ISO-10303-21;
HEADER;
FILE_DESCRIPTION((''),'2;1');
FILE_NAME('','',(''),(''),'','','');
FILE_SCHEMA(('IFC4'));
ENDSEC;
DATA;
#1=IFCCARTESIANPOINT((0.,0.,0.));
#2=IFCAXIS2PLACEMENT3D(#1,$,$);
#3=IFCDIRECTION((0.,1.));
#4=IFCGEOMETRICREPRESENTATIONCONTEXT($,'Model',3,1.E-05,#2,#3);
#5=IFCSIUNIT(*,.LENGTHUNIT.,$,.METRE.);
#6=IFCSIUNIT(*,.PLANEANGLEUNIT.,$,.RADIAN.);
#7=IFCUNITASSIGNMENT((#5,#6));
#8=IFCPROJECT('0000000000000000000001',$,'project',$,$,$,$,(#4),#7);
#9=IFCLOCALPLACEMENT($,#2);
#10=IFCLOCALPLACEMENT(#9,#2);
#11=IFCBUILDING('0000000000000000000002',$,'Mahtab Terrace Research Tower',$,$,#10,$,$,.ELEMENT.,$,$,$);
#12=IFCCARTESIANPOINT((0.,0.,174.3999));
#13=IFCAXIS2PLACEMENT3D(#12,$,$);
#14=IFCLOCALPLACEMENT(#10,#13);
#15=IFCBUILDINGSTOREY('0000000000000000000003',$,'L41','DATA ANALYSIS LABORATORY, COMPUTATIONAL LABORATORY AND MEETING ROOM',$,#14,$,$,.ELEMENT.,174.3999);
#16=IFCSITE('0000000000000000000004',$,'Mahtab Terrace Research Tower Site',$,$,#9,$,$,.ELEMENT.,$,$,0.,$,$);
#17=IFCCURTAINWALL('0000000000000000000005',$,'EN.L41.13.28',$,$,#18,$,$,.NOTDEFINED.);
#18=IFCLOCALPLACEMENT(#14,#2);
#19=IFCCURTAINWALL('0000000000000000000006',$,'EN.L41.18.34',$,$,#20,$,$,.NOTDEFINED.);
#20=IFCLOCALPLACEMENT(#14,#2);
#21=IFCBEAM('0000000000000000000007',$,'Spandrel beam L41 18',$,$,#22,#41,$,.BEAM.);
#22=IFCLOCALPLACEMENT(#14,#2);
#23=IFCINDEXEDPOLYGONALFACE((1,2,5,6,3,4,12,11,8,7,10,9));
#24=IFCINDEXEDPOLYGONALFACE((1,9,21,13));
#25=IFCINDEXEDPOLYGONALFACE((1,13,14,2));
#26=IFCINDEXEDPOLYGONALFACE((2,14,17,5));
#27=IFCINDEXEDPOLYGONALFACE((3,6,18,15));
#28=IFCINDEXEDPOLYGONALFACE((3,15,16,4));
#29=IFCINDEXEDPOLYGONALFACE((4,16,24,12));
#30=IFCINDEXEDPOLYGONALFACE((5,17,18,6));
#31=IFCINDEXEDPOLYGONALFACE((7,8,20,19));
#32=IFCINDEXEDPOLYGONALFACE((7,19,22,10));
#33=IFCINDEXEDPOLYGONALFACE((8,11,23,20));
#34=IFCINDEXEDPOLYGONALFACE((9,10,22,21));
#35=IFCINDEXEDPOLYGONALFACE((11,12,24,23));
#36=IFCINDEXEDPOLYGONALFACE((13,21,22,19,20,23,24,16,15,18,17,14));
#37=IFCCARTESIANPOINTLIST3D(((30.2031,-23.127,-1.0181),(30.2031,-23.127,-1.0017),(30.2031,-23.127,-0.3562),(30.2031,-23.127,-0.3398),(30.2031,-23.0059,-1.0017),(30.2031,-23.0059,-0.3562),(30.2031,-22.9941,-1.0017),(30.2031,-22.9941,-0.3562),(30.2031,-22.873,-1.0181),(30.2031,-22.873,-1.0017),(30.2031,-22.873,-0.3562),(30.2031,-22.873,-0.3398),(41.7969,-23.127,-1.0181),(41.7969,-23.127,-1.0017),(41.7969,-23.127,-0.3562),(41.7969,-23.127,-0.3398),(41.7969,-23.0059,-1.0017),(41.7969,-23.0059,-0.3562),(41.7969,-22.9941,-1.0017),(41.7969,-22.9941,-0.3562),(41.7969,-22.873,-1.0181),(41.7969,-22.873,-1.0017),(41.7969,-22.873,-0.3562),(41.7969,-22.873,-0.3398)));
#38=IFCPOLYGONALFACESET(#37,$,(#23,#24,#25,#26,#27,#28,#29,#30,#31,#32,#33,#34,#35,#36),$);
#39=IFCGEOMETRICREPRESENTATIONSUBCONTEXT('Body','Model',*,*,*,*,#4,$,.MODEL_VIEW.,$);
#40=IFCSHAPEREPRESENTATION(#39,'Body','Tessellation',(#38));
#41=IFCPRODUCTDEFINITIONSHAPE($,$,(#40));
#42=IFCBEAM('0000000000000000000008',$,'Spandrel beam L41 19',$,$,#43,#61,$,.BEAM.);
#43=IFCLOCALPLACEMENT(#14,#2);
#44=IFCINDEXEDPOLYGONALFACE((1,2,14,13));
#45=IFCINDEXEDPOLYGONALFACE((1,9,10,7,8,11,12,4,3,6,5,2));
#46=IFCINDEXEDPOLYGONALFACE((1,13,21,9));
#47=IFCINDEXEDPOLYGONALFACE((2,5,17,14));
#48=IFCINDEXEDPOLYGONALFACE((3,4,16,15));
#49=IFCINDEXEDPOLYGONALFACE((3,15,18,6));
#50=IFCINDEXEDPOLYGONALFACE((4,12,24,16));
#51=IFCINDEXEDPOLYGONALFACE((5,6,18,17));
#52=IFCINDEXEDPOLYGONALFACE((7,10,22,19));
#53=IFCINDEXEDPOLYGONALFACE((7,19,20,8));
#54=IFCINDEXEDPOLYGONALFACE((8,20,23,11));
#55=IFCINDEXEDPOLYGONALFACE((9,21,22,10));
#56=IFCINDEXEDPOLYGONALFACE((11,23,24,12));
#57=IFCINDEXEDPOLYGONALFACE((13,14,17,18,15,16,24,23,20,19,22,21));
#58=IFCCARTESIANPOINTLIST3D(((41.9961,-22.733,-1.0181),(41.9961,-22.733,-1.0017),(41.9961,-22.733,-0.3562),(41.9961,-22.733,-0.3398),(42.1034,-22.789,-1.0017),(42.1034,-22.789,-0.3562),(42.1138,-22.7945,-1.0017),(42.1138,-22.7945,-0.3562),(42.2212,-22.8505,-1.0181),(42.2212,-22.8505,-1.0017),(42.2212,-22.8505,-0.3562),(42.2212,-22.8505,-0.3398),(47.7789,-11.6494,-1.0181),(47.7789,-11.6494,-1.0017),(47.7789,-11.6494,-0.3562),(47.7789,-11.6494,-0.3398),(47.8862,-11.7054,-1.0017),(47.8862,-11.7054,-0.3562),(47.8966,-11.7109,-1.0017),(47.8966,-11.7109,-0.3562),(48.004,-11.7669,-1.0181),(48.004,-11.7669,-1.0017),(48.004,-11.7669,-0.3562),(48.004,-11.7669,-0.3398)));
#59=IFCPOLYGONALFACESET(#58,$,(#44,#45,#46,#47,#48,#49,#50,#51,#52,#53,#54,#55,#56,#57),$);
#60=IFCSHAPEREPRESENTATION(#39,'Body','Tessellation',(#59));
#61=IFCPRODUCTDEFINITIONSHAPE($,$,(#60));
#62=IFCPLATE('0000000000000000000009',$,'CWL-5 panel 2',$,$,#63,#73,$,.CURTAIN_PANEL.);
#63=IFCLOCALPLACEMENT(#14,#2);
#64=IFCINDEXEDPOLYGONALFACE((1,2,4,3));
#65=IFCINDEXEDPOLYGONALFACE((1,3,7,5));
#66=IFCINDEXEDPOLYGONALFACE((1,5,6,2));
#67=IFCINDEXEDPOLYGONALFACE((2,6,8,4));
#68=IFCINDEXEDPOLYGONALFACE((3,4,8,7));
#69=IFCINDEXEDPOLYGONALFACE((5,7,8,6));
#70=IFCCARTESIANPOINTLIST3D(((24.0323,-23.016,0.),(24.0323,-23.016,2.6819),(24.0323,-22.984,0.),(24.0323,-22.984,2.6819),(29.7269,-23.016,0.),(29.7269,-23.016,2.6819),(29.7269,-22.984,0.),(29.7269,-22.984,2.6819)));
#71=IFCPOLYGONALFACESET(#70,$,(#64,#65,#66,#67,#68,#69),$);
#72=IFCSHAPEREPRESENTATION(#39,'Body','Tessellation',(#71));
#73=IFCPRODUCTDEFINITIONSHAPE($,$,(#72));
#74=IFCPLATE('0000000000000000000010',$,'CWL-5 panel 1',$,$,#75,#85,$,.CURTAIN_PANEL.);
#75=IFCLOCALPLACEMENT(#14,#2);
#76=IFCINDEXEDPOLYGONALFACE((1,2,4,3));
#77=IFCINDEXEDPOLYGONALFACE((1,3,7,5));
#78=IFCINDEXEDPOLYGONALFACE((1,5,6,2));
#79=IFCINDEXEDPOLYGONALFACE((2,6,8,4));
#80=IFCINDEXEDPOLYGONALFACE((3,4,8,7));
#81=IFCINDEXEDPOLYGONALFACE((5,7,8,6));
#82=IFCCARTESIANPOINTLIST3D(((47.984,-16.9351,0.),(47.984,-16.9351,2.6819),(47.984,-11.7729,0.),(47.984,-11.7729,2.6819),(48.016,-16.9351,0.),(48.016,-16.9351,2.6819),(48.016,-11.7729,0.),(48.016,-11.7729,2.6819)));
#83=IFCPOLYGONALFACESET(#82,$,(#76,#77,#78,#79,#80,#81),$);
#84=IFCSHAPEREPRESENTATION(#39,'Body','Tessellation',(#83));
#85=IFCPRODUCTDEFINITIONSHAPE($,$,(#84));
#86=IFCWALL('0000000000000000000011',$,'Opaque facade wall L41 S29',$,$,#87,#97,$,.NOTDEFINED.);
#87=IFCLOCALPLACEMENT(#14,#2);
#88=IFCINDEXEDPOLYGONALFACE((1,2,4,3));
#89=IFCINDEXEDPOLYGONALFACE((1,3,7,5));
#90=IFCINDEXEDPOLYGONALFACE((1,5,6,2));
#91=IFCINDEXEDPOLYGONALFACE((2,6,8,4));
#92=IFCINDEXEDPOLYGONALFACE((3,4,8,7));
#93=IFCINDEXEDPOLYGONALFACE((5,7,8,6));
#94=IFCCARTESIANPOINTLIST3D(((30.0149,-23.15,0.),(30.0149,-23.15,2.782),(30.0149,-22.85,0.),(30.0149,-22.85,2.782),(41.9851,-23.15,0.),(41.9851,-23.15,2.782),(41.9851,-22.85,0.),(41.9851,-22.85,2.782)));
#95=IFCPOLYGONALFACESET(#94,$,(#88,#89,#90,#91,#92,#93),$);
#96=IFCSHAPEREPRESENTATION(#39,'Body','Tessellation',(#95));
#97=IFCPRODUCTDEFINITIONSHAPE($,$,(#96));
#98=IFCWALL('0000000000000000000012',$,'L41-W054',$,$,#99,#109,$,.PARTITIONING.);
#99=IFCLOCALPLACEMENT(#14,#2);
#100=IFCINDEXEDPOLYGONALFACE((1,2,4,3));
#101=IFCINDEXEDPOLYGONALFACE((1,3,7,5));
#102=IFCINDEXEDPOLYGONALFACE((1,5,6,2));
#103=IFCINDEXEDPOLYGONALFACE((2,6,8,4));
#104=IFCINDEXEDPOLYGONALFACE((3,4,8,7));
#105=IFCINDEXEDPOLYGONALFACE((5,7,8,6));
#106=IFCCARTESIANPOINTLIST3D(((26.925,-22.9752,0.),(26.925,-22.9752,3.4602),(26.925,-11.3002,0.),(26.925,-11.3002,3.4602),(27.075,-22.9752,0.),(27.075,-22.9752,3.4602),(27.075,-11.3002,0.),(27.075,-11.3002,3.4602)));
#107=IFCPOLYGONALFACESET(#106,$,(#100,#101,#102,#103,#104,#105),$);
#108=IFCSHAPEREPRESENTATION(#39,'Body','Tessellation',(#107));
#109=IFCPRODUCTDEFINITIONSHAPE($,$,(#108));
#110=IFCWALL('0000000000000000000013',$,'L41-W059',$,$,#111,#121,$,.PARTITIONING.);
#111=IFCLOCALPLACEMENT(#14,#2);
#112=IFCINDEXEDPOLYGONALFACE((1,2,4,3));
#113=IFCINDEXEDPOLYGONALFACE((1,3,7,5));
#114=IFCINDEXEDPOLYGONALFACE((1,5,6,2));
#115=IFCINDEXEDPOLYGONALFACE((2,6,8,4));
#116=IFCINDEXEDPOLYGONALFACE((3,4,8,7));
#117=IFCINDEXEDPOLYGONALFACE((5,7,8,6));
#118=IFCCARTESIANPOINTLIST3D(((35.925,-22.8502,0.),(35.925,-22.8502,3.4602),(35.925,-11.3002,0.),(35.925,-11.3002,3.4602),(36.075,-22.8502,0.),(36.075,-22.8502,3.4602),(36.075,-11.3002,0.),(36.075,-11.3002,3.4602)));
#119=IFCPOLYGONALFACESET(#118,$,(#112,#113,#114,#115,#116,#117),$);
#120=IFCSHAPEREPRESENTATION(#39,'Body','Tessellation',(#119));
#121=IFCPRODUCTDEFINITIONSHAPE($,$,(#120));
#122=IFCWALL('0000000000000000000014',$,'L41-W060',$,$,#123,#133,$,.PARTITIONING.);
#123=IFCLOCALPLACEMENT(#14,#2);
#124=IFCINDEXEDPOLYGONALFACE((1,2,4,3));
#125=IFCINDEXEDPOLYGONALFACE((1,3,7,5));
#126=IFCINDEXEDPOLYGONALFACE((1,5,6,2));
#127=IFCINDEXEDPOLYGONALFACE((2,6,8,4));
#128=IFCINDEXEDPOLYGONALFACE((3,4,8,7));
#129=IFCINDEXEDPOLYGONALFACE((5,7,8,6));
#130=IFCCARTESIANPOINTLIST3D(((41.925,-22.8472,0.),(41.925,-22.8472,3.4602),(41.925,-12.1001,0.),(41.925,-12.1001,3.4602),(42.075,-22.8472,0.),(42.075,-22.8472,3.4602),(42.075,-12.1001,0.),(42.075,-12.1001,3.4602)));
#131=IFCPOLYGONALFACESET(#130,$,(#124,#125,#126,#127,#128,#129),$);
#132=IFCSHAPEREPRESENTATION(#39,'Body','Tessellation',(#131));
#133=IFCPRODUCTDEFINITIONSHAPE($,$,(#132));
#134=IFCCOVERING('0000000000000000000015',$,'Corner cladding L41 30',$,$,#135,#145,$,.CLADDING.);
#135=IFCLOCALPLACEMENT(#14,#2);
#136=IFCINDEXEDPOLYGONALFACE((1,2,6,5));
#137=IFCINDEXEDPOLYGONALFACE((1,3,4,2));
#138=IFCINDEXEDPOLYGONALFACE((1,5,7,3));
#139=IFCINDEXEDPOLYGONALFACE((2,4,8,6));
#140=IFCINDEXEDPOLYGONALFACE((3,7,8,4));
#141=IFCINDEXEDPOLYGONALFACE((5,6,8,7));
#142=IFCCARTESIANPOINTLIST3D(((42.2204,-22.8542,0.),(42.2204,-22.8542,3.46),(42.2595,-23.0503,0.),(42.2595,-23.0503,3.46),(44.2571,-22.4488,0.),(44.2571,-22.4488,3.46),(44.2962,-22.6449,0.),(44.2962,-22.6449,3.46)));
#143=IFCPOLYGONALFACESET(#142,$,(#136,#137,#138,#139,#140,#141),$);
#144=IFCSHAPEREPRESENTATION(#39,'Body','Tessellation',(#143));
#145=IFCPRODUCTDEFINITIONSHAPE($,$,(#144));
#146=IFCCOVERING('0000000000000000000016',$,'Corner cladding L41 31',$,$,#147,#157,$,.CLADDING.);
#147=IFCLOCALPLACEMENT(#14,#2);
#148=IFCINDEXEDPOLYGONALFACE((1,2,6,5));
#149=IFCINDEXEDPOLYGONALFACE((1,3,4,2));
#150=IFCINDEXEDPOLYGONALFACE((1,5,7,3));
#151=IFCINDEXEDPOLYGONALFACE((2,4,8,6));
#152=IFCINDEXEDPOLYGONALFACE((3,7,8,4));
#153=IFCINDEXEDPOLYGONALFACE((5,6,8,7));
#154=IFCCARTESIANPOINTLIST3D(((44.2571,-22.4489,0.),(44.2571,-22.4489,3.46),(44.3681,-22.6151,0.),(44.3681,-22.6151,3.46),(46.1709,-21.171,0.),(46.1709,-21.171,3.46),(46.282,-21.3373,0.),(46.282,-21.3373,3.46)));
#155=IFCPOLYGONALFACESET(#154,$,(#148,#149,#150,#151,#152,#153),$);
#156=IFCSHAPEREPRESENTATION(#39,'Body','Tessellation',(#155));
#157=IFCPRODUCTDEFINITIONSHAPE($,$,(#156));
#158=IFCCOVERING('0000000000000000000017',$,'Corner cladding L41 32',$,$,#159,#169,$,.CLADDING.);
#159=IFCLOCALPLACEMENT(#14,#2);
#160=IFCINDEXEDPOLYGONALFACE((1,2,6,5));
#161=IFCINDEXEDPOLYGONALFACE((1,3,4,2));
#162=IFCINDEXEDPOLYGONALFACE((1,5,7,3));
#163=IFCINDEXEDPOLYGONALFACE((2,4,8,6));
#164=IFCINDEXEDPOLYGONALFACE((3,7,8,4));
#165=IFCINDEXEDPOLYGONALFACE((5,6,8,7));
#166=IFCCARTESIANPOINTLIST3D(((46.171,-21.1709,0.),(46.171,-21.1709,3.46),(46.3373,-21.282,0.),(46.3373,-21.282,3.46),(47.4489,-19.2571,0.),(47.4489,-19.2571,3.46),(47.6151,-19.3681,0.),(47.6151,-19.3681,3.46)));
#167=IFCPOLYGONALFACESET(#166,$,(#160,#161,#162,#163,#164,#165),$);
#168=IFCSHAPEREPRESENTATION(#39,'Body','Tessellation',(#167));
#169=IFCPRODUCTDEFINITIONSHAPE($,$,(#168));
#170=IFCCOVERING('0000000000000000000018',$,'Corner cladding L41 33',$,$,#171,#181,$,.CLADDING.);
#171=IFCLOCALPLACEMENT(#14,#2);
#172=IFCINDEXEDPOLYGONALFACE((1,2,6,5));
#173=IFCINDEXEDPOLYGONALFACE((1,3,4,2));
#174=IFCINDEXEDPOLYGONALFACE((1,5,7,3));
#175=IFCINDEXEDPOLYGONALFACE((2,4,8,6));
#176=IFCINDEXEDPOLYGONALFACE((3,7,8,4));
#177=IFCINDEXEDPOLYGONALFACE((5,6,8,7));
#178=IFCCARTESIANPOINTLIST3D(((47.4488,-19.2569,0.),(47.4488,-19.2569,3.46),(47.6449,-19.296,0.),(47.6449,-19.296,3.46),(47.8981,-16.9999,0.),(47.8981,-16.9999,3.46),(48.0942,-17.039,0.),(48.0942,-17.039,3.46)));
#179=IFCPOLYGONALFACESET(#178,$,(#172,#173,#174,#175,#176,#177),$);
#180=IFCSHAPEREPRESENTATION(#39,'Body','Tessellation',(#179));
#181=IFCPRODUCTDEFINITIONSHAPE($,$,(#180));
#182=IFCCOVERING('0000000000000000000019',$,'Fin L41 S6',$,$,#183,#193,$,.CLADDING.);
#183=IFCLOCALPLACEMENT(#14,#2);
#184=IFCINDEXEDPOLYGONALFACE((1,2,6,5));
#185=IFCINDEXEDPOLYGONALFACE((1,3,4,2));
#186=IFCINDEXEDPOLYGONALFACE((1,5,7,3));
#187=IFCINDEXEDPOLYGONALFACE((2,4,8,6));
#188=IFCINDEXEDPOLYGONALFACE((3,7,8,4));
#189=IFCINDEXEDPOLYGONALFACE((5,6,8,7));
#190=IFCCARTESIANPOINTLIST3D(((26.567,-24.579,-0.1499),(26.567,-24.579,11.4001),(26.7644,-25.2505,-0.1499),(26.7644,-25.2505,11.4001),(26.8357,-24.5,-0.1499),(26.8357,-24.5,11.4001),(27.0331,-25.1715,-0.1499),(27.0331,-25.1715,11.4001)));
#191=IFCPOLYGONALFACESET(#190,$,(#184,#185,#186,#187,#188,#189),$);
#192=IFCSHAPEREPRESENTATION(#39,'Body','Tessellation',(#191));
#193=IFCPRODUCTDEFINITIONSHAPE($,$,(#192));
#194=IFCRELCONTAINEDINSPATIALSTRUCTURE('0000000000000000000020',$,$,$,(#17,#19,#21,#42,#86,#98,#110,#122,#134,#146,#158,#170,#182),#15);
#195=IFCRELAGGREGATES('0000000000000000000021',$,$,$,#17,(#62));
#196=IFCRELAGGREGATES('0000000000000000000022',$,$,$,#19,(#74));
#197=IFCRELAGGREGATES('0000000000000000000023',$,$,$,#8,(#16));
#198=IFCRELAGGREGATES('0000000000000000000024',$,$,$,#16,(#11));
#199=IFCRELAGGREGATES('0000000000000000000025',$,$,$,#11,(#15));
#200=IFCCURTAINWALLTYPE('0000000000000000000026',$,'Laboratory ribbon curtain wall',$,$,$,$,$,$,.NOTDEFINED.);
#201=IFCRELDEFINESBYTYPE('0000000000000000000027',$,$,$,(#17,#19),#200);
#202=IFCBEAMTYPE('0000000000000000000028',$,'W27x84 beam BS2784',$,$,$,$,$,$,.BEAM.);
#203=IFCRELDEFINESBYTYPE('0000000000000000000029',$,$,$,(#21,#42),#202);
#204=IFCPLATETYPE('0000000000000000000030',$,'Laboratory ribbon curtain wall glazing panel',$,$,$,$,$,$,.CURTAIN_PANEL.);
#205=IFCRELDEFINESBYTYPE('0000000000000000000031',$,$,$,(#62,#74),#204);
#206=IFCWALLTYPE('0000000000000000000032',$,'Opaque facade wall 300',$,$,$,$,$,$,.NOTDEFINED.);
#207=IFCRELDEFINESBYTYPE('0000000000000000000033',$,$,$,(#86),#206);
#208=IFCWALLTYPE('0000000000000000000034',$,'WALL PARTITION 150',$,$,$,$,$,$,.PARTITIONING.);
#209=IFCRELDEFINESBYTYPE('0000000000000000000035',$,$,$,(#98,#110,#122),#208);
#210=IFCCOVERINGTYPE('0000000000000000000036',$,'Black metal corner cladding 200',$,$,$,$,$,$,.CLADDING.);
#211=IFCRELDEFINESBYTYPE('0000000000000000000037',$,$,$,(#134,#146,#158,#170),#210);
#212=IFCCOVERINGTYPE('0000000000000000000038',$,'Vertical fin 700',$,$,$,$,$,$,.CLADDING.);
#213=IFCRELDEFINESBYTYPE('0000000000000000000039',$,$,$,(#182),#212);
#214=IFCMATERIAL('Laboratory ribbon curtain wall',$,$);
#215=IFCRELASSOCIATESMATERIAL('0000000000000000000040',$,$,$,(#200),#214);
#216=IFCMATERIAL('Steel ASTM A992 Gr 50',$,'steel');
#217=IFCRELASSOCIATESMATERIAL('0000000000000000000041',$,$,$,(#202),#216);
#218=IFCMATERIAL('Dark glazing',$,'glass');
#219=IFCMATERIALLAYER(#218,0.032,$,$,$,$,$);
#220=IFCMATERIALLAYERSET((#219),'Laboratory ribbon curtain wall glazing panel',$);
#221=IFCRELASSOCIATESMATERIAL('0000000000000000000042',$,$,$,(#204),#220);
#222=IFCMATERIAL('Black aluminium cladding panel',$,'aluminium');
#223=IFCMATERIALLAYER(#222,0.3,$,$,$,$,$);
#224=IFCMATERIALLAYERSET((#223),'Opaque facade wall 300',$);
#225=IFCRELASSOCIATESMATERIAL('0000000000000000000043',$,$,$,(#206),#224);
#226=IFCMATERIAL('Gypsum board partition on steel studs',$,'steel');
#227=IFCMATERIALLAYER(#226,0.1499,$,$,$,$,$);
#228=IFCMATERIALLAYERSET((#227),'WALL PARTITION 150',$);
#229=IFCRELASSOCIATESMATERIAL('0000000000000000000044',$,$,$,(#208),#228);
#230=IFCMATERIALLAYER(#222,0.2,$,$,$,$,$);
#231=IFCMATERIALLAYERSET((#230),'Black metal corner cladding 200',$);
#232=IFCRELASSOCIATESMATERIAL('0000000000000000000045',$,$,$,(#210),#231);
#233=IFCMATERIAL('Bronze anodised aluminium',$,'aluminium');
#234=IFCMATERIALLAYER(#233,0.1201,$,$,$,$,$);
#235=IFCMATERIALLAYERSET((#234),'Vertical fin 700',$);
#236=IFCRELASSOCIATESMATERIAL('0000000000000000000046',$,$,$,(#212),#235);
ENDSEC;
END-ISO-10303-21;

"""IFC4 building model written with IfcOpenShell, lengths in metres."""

from ifc_helpers import new_model, si_unit, direction, frame, frame_2d, origin, origin_2d, place, context, subcontext, project, spatial, rectangle, i_section, extrude, material, layer, layer_set, material_profile, profile_set, type_object, element, aggregate, save


model = new_model("IFC4")

# Units and contexts
model_context = context("Model", 3, precision=1e-05, world=origin(), true_north=direction((0.0, 1.0)))
body_context = subcontext(model_context, "Body", "Model", "MODEL_VIEW")
ifc_project = project(units=[si_unit("LENGTHUNIT", "METRE"), si_unit("PLANEANGLEUNIT", "RADIAN")], contexts=[model_context])

# Site, building, storey
site_placement = place(None, origin())
site = spatial("IfcSite", under=ifc_project, at=site_placement, Name="Mahtab Terrace Research Tower Site", CompositionType="ELEMENT", RefElevation=0.0)
building_placement = place(site_placement, origin())
building = spatial("IfcBuilding", under=site, at=building_placement, Name="Mahtab Terrace Research Tower", CompositionType="ELEMENT")
storey_placement = place(building_placement, frame((0.0, 0.0, 174.3999)))
storey = spatial("IfcBuildingStorey", under=building, at=storey_placement, Name="L41", Description="DATA ANALYSIS LABORATORY, COMPUTATIONAL LABORATORY AND MEETING ROOM", CompositionType="ELEMENT", Elevation=174.3999)

# Shared definitions
ifc_material_1 = material(Name="Steel ASTM A992 Gr 50", Category="steel")

# Curtain wall
ifc_material_2 = material(Name="Laboratory ribbon curtain wall")
curtain_wall_type = type_object("IfcCurtainWallType", Name="Laboratory ribbon curtain wall", PredefinedType="NOTDEFINED", material=ifc_material_2)
curtain_wall_1_placement = place(storey_placement, origin())
curtain_wall_1 = element("IfcCurtainWall", 1, at=curtain_wall_1_placement, inside=storey, type_object=curtain_wall_type, Name="EN.L41.13.28", PredefinedType="NOTDEFINED")

# Curtain wall
curtain_wall_2_placement = place(storey_placement, origin())
curtain_wall_2 = element("IfcCurtainWall", 2, at=curtain_wall_2_placement, inside=storey, type_object=curtain_wall_type, Name="EN.L41.18.34", PredefinedType="NOTDEFINED")

# Beams
ifc_material_profile_1 = material_profile(ifc_material_1, i_section(OverallWidth=0.2539, OverallDepth=0.6782, WebThickness=0.0117, FlangeThickness=0.0164, at=origin_2d()), Name="W27X84")
ifc_profile_set_1 = profile_set([ifc_material_profile_1], Name="Steel ASTM A992 Gr 50")
beam_type = type_object("IfcBeamType", Name="W27x84 beam BS2784", PredefinedType="BEAM", material=ifc_profile_set_1)
beam_1_placement = place(storey_placement, frame((30.2031, -23.0, -0.679), z_axis=(1.0, 0.0, 0.0), x_axis=(0.0, 1.0, 0.0)))
element("IfcBeam", 3, at=beam_1_placement, inside=storey, type_object=beam_type, Name="Spandrel beam L41 18", PredefinedType="BEAM", context=body_context, shape_type="SweptSolid", body=[
    extrude(i_section(OverallWidth=0.2539, OverallDepth=0.6782, WebThickness=0.0117, FlangeThickness=0.0164, at=origin_2d()), origin(), (0.0, 0.0, 1.0), 11.5938),
])
beam_2_placement = place(storey_placement, frame((42.1086, -22.7917, -0.679), z_axis=(0.462567, 0.886584, 0.0), x_axis=(-0.886584, 0.462567, 0.0)))
element("IfcBeam", 4, at=beam_2_placement, inside=storey, type_object=beam_type, Name="Spandrel beam L41 19", PredefinedType="BEAM", context=body_context, shape_type="SweptSolid", body=[
    extrude(i_section(OverallWidth=0.2539, OverallDepth=0.6782, WebThickness=0.0117, FlangeThickness=0.0164, at=origin_2d()), origin(), (0.0, 0.0, 1.0), 12.5015),
])

# Plates
ifc_material_3 = material(Name="Dark glazing", Category="glass")
ifc_layer_1 = layer(ifc_material_3, 0.032)
ifc_layer_set_1 = layer_set([ifc_layer_1], Name="Laboratory ribbon curtain wall glazing panel")
plate_type = type_object("IfcPlateType", Name="Laboratory ribbon curtain wall glazing panel", PredefinedType="CURTAIN_PANEL", material=ifc_layer_set_1)
plate_1_placement = place(storey_placement, frame((26.8796, -23.0, 0.0), z_axis=(0.0, 0.0, 1.0), x_axis=(1.0, 0.0, 0.0)))
plate_1 = element("IfcPlate", 5, at=plate_1_placement, type_object=plate_type, Name="CWL-5 panel 2", PredefinedType="CURTAIN_PANEL", context=body_context, shape_type="SweptSolid", body=[
    extrude(rectangle(XDim=5.6946, YDim=0.032, at=origin_2d()), origin(), (0.0, 0.0, 1.0), 2.6819),
])
aggregate(curtain_wall_1, [plate_1])
plate_2_placement = place(storey_placement, frame((48.0, -14.354, 0.0), z_axis=(0.0, 0.0, 1.0), x_axis=(0.0, 1.0, 0.0)))
plate_2 = element("IfcPlate", 6, at=plate_2_placement, type_object=plate_type, Name="CWL-5 panel 1", PredefinedType="CURTAIN_PANEL", context=body_context, shape_type="SweptSolid", body=[
    extrude(rectangle(XDim=5.1621, YDim=0.032, at=origin_2d()), origin(), (0.0, 0.0, 1.0), 2.6819),
])
aggregate(curtain_wall_2, [plate_2])

# Walls
ifc_material_4 = material(Name="Black aluminium cladding panel", Category="aluminium")
ifc_layer_2 = layer(ifc_material_4, 0.3)
ifc_layer_set_2 = layer_set([ifc_layer_2], Name="Opaque facade wall 300")
wall_type_1 = type_object("IfcWallType", Name="Opaque facade wall 300", PredefinedType="NOTDEFINED", material=ifc_layer_set_2)
wall_1_placement = place(storey_placement, frame((30.0149, -23.0, 0.0), z_axis=(0.0, 0.0, 1.0), x_axis=(1.0, 0.0, 0.0)))
element("IfcWall", 7, at=wall_1_placement, inside=storey, type_object=wall_type_1, Name="Opaque facade wall L41 S29", PredefinedType="NOTDEFINED", context=body_context, shape_type="SweptSolid", body=[
    extrude(rectangle(XDim=11.9702, YDim=0.3, at=frame_2d((5.9851, 0.0))), origin(), (0.0, 0.0, 1.0), 2.782),
])
ifc_material_5 = material(Name="Gypsum board partition on steel studs", Category="steel")
ifc_layer_3 = layer(ifc_material_5, 0.1499)
ifc_layer_set_3 = layer_set([ifc_layer_3], Name="WALL PARTITION 150")
wall_type_2 = type_object("IfcWallType", Name="WALL PARTITION 150", PredefinedType="PARTITIONING", material=ifc_layer_set_3)
wall_2_placement = place(storey_placement, frame((27.0, -22.9751, 0.0), z_axis=(0.0, 0.0, 1.0), x_axis=(0.0, 1.0, 0.0)))
element("IfcWall", 8, at=wall_2_placement, inside=storey, type_object=wall_type_2, Name="L41-W054", PredefinedType="PARTITIONING", context=body_context, shape_type="SweptSolid", body=[
    extrude(rectangle(XDim=11.675, YDim=0.1499, at=frame_2d((5.8374, 0.0))), origin(), (0.0, 0.0, 1.0), 3.4602),
])
wall_3_placement = place(storey_placement, frame((36.0, -22.8501, 0.0), z_axis=(0.0, 0.0, 1.0), x_axis=(0.0, 1.0, 0.0)))
element("IfcWall", 9, at=wall_3_placement, inside=storey, type_object=wall_type_2, Name="L41-W059", PredefinedType="PARTITIONING", context=body_context, shape_type="SweptSolid", body=[
    extrude(rectangle(XDim=11.55, YDim=0.1499, at=frame_2d((5.7749, 0.0))), origin(), (0.0, 0.0, 1.0), 3.4602),
])
wall_4_placement = place(storey_placement, frame((42.0, -22.8472, 0.0), z_axis=(0.0, 0.0, 1.0), x_axis=(0.0, 1.0, 0.0)))
element("IfcWall", 10, at=wall_4_placement, inside=storey, type_object=wall_type_2, Name="L41-W060", PredefinedType="PARTITIONING", context=body_context, shape_type="SweptSolid", body=[
    extrude(rectangle(XDim=10.7471, YDim=0.1499, at=frame_2d((5.3735, 0.0))), origin(), (0.0, 0.0, 1.0), 3.4602),
])

# Coverings
ifc_layer_4 = layer(ifc_material_4, 0.2)
ifc_layer_set_4 = layer_set([ifc_layer_4], Name="Black metal corner cladding 200")
covering_type_1 = type_object("IfcCoveringType", Name="Black metal corner cladding 200", PredefinedType="CLADDING", material=ifc_layer_set_4)
covering_placement = place(storey_placement, frame((43.2583, -22.7495, 0.0), z_axis=(0.0, 0.0, 1.0), x_axis=(0.980761, 0.195212, 0.0)))
element("IfcCovering", 11, at=covering_placement, inside=storey, type_object=covering_type_1, Name="Corner cladding L41 30", PredefinedType="CLADDING", context=body_context, shape_type="SweptSolid", body=[
    extrude(rectangle(XDim=2.0767, YDim=0.2, at=origin_2d()), origin(), (0.0, 0.0, 1.0), 3.46),
])
for number, where, z_axis, x_axis, name in (
    (12, (45.2695, -21.8931, 0.0), (0.0, 0.0, 1.0), (0.831656, 0.555291, 0.0), "Corner cladding L41 31"),
    (13, (46.8931, -20.2695, 0.0), (0.0, 0.0, 1.0), (0.555291, 0.831656, 0.0), "Corner cladding L41 32"),
    (14, (47.7715, -18.1479, 0.0), (0.0, 0.0, 1.0), (0.195212, 0.980761, 0.0), "Corner cladding L41 33"),
):
    element("IfcCovering", number, at=place(storey_placement, frame(where, z_axis=z_axis, x_axis=x_axis)), inside=storey, type_object=covering_type_1, Name=name, PredefinedType="CLADDING", context=body_context, shape_type="SweptSolid", body=[
        extrude(rectangle(XDim=2.3013, YDim=0.2, at=origin_2d()), origin(), (0.0, 0.0, 1.0), 3.46),
    ])
ifc_material_6 = material(Name="Bronze anodised aluminium", Category="aluminium")
ifc_layer_5 = layer(ifc_material_6, 0.1201)
ifc_layer_set_5 = layer_set([ifc_layer_5], Name="Vertical fin 700")
covering_type_2 = type_object("IfcCoveringType", Name="Vertical fin 700", PredefinedType="CLADDING", material=ifc_layer_set_5)
for number, where, z_axis, x_axis, name in (
    (15, (26.8, -24.8752, -0.1499), (0.0, 0.0, 1.0), (0.959408, 0.282023, 0.0), "Fin L41 S6"),
):
    element("IfcCovering", number, at=place(storey_placement, frame(where, z_axis=z_axis, x_axis=x_axis)), inside=storey, type_object=covering_type_2, Name=name, PredefinedType="CLADDING", context=body_context, shape_type="SweptSolid", body=[
        extrude(rectangle(XDim=0.28, YDim=0.7, at=origin_2d()), origin(), (0.0, 0.0, 1.0), 11.55),
    ])

save(model, "model.ifc")
